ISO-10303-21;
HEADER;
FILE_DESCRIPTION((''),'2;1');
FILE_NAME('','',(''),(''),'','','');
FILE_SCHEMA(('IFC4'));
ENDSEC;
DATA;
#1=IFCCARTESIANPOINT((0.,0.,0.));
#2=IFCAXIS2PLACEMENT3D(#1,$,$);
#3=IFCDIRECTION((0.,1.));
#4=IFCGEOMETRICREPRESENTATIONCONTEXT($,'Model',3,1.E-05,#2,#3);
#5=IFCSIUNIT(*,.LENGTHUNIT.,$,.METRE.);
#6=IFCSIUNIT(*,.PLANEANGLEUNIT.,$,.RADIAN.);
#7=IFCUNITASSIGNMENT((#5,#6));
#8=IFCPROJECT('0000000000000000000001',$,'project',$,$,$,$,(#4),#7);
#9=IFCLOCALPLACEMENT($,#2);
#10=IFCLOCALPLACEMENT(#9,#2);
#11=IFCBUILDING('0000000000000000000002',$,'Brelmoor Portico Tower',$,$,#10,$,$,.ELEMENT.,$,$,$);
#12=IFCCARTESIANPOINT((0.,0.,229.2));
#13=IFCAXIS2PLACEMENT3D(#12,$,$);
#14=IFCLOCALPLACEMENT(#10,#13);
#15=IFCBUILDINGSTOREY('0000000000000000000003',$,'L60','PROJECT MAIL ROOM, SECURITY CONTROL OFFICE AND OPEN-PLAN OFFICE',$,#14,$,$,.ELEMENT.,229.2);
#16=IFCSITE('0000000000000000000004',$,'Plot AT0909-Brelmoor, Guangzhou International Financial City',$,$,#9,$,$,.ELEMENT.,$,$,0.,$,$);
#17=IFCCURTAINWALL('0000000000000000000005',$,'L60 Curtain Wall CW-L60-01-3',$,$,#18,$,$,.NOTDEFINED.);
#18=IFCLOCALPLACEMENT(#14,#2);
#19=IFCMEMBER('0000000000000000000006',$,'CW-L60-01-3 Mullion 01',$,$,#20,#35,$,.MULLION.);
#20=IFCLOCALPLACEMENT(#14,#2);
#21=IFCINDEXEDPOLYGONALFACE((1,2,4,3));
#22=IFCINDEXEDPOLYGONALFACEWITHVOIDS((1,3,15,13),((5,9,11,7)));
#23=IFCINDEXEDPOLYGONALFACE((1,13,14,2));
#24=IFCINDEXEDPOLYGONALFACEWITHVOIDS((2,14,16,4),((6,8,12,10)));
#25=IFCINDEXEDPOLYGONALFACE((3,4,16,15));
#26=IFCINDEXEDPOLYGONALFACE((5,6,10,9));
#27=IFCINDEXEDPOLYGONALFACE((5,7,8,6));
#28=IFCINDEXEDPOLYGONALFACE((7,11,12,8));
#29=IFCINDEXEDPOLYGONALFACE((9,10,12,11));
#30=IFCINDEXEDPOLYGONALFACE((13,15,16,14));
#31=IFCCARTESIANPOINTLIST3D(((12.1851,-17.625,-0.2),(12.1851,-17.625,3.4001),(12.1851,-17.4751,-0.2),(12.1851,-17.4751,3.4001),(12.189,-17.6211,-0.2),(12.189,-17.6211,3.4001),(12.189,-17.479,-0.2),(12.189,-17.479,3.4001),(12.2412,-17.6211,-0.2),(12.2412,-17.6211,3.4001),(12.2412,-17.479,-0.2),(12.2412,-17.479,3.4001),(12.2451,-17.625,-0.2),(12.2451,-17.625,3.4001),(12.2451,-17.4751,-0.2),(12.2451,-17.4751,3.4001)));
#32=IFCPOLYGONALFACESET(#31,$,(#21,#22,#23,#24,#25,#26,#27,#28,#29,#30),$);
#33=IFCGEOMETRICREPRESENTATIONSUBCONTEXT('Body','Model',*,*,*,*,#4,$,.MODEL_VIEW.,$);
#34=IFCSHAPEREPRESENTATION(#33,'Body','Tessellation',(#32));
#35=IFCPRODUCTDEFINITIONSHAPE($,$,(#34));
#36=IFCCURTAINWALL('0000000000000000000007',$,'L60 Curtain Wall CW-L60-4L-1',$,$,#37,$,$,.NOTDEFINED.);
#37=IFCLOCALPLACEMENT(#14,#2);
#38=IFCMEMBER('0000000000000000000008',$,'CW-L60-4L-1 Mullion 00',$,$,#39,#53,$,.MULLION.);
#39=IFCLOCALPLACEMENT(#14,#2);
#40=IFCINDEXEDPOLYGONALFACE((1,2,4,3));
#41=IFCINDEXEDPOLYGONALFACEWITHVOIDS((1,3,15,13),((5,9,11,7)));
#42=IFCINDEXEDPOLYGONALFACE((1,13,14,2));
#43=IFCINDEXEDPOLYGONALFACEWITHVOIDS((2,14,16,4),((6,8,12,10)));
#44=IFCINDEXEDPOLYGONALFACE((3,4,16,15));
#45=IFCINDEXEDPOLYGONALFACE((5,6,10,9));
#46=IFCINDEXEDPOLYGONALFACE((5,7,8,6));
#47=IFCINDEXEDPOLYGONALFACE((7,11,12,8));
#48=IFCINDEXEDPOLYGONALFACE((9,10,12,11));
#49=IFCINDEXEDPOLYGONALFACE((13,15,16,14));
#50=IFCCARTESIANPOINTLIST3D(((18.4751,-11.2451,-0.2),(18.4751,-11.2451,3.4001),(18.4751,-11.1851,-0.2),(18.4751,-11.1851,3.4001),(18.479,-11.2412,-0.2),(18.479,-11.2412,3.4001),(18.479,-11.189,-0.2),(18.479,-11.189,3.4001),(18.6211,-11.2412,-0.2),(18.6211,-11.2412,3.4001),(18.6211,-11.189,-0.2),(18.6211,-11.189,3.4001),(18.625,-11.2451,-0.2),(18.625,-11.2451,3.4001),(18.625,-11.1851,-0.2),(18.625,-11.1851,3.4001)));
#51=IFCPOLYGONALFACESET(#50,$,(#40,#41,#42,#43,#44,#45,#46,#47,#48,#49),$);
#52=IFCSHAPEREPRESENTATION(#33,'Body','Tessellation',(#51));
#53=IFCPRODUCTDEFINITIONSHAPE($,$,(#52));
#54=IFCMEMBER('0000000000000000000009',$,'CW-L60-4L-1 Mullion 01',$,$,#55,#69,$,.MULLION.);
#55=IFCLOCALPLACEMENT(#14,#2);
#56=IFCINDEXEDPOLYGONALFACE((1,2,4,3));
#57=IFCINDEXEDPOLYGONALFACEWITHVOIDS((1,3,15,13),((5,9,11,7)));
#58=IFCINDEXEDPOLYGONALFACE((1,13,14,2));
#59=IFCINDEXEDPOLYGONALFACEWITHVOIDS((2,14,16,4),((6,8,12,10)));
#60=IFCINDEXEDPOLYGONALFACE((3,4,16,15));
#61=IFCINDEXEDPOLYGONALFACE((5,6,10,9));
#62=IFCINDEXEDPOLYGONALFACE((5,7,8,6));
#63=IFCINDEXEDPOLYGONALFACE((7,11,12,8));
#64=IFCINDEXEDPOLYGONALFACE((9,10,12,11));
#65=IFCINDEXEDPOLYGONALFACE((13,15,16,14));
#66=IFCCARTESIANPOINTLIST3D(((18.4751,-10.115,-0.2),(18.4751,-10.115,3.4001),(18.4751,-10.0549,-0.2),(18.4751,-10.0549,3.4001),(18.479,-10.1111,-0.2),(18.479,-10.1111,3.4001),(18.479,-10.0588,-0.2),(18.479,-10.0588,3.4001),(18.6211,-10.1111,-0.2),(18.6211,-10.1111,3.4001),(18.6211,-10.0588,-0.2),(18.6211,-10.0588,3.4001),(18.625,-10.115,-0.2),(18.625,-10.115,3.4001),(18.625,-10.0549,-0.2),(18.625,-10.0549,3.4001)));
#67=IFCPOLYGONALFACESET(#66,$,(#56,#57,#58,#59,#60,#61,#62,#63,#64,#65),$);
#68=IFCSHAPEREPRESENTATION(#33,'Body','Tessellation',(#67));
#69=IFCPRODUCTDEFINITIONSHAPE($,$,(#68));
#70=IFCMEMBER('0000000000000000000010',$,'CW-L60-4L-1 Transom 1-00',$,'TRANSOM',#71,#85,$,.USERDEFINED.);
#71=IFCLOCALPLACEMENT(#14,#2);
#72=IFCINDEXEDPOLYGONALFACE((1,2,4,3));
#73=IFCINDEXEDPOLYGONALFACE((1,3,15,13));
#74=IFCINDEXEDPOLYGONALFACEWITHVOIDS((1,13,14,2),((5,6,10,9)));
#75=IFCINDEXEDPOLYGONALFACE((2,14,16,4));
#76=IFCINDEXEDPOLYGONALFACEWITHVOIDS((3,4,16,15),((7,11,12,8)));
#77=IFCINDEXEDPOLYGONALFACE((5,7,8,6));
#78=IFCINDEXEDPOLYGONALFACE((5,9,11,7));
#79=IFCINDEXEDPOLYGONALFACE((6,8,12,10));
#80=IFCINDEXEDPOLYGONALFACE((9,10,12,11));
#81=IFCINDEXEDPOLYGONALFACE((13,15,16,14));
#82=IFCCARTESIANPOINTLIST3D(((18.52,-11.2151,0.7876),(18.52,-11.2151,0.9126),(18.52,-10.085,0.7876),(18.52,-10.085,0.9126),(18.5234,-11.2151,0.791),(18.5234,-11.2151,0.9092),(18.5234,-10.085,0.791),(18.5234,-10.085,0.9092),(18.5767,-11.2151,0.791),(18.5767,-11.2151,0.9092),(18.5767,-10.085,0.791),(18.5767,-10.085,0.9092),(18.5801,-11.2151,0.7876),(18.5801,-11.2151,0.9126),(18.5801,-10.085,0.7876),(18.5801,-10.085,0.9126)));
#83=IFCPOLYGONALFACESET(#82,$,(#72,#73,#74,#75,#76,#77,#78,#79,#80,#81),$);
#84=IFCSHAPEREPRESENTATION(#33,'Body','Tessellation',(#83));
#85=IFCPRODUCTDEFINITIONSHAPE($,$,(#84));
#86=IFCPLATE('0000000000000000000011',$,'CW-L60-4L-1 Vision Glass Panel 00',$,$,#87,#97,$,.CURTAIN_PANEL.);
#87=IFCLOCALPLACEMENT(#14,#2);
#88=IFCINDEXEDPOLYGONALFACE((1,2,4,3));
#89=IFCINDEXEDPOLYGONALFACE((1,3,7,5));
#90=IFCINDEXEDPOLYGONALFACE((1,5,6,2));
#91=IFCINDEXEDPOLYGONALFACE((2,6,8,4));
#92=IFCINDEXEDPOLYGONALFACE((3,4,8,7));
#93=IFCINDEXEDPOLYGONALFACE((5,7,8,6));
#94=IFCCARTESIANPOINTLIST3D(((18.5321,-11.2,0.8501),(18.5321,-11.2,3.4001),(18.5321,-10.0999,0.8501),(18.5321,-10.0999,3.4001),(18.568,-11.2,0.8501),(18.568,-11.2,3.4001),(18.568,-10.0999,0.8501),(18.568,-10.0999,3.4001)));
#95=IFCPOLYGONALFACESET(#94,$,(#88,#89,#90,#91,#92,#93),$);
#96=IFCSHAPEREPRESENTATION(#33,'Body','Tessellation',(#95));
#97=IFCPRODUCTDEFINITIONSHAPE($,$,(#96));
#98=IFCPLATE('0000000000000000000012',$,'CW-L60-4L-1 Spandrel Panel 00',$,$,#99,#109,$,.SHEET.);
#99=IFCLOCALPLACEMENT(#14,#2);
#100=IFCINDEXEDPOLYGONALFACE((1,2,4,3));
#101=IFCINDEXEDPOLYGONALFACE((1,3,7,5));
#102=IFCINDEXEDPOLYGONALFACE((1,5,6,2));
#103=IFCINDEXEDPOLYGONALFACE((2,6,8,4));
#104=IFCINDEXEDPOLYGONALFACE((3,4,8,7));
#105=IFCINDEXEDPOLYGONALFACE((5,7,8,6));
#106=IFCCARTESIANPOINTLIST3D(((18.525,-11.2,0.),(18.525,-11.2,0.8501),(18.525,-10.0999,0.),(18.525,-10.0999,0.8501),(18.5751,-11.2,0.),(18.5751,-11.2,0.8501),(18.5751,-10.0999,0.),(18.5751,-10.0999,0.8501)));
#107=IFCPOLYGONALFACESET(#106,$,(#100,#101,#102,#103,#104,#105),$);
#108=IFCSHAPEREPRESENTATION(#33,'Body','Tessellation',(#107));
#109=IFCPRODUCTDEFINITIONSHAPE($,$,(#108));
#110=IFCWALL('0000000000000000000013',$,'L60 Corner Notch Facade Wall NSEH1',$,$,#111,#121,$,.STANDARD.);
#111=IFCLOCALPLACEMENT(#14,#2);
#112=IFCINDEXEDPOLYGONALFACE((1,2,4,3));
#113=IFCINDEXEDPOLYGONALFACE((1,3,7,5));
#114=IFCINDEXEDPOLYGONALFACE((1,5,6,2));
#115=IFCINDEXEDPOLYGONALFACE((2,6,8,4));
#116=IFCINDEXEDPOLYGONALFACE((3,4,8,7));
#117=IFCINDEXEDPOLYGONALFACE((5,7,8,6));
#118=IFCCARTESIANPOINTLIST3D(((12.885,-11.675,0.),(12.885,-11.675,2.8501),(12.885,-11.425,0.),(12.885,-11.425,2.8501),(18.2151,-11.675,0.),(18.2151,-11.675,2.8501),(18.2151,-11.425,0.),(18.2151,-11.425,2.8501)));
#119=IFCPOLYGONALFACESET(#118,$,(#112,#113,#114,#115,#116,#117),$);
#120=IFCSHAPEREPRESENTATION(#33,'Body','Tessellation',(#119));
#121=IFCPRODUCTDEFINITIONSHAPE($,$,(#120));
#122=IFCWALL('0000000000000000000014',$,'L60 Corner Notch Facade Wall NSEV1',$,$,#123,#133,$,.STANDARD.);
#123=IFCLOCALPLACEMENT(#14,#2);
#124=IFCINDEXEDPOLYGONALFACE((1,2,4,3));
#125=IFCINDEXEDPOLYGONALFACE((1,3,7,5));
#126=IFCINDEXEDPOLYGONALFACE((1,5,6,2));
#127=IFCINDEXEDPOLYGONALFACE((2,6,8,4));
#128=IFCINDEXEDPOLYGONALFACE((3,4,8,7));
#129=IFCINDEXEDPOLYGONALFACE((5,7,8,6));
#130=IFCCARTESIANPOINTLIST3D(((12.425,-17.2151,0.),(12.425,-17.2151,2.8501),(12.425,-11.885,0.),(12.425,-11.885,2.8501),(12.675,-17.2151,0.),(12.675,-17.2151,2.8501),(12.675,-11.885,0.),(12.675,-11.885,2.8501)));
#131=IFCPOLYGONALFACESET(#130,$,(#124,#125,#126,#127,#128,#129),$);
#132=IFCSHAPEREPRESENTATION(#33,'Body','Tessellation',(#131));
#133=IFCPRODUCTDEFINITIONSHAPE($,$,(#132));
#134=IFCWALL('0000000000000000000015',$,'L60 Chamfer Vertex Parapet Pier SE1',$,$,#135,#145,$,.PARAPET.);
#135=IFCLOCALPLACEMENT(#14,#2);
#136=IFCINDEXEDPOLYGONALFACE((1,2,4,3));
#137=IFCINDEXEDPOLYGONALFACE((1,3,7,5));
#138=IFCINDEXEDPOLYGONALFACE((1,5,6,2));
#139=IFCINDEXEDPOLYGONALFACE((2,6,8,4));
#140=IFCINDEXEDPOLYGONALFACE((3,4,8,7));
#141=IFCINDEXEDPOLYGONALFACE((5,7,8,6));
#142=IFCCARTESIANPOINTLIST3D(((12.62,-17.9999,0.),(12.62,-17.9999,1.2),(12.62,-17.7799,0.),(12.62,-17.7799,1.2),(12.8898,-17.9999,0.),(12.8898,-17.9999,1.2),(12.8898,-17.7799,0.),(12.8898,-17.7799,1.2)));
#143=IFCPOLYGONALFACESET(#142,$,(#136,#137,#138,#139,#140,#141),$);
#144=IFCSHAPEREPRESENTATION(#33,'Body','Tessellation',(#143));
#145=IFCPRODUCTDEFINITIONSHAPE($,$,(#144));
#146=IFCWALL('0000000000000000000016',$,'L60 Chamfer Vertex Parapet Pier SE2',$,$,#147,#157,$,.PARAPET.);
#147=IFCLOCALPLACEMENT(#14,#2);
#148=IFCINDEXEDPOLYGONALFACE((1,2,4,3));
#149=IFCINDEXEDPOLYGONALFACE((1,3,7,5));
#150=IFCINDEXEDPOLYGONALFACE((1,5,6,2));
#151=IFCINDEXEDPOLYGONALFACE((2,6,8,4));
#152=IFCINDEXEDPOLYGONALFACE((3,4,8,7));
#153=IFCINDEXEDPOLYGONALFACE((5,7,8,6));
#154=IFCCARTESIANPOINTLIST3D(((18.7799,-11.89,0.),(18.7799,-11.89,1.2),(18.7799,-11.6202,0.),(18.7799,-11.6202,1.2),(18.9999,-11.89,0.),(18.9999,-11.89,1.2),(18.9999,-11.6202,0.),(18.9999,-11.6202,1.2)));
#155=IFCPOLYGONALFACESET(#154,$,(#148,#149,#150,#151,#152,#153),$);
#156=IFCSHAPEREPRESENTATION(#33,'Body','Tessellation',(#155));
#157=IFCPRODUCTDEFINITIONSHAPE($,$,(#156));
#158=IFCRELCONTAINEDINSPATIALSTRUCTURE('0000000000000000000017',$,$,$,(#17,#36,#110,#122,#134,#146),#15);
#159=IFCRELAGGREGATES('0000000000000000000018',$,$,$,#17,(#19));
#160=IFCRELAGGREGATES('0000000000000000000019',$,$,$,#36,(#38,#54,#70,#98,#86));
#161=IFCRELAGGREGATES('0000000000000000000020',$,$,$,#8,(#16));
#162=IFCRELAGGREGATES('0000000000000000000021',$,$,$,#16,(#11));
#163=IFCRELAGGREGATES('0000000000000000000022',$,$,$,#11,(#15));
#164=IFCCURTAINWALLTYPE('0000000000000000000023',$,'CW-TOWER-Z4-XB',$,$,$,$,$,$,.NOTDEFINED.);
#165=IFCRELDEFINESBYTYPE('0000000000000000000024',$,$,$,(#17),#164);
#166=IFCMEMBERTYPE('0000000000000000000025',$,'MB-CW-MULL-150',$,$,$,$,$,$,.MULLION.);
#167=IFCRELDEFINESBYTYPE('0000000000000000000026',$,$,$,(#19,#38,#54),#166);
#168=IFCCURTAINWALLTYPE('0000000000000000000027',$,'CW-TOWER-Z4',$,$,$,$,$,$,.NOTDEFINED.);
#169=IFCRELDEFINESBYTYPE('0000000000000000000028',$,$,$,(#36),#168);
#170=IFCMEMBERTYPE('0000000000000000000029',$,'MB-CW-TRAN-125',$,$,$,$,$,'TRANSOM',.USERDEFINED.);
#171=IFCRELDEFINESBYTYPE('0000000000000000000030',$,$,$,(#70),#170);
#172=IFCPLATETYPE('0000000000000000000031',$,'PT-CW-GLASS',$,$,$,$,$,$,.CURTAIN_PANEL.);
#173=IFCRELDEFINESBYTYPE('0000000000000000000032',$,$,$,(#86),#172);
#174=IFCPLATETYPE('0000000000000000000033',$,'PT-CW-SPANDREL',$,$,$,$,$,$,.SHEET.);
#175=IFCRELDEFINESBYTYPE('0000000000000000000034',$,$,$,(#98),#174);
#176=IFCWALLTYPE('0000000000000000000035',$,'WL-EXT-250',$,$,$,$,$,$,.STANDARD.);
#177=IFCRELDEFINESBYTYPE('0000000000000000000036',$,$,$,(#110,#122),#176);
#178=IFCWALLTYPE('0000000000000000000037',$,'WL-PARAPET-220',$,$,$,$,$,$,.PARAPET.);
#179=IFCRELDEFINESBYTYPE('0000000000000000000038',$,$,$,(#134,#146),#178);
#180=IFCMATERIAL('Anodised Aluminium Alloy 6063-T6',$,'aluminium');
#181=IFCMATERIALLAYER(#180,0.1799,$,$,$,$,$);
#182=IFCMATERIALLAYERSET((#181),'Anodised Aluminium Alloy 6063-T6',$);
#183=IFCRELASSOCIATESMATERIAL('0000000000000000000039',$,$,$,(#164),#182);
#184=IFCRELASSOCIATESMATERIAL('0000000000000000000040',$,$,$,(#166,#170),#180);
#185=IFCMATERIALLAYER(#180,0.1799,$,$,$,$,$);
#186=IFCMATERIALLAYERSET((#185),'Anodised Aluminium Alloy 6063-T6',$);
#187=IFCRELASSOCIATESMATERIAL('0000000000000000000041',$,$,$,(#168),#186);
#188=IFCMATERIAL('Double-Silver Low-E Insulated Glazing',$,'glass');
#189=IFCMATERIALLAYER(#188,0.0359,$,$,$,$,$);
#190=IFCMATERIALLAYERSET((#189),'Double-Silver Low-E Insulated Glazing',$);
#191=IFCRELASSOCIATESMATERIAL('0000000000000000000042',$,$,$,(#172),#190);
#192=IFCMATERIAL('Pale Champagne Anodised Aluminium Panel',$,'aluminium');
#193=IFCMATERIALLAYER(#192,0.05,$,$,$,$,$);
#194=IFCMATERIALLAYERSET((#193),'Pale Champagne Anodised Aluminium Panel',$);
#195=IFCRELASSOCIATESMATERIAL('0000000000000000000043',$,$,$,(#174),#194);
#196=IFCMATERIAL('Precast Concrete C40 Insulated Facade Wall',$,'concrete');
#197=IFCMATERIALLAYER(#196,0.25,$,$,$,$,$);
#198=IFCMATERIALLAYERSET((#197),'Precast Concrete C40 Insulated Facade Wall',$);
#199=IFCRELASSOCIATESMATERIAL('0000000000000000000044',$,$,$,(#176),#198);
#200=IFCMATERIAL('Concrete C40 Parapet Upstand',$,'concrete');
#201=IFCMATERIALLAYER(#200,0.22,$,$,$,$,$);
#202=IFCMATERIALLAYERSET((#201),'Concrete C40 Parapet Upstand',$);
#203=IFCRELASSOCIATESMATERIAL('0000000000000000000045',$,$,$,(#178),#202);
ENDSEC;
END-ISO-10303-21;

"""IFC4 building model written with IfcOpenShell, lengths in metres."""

from ifc_helpers import new_model, si_unit, direction, frame, frame_2d, origin, origin_2d, place, context, subcontext, project, spatial, rectangle, hollow_rectangle, extrude, material, layer, layer_set, material_profile, profile_set, type_object, element, aggregate, save


model = new_model("IFC4")

# Units and contexts
model_context = context("Model", 3, precision=1e-05, world=origin(), true_north=direction((0.0, 1.0)))
body_context = subcontext(model_context, "Body", "Model", "MODEL_VIEW")
ifc_project = project(units=[si_unit("LENGTHUNIT", "METRE"), si_unit("PLANEANGLEUNIT", "RADIAN")], contexts=[model_context])

# Site, building, storey
site_placement = place(None, origin())
site = spatial("IfcSite", under=ifc_project, at=site_placement, Name="Plot AT0909-Brelmoor, Guangzhou International Financial City", CompositionType="ELEMENT", RefElevation=0.0)
building_placement = place(site_placement, origin())
building = spatial("IfcBuilding", under=site, at=building_placement, Name="Brelmoor Portico Tower", CompositionType="ELEMENT")
storey_placement = place(building_placement, frame((0.0, 0.0, 229.2)))
storey = spatial("IfcBuildingStorey", under=building, at=storey_placement, Name="L60", Description="PROJECT MAIL ROOM, SECURITY CONTROL OFFICE AND OPEN-PLAN OFFICE", CompositionType="ELEMENT", Elevation=229.2)

# Curtain wall, member
ifc_material_1 = material(Name="Anodised Aluminium Alloy 6063-T6", Category="aluminium")
ifc_layer_1 = layer(ifc_material_1, 0.1799)
ifc_layer_set_1 = layer_set([ifc_layer_1], Name="Anodised Aluminium Alloy 6063-T6")
curtain_wall_type_1 = type_object("IfcCurtainWallType", Name="CW-TOWER-Z4-XB", PredefinedType="NOTDEFINED", material=ifc_layer_set_1)
curtain_wall_1_placement = place(storey_placement, origin())
curtain_wall_1 = element("IfcCurtainWall", 1, at=curtain_wall_1_placement, inside=storey, type_object=curtain_wall_type_1, Name="L60 Curtain Wall CW-L60-01-3", PredefinedType="NOTDEFINED")
ifc_material_profile_1 = material_profile(ifc_material_1, hollow_rectangle(XDim=0.0601, YDim=0.1499, WallThickness=0.0039, at=origin_2d()), Name="ALU MULLION 60x150")
ifc_profile_set_1 = profile_set([ifc_material_profile_1], Name="Anodised Aluminium Alloy 6063-T6")
member_type_1 = type_object("IfcMemberType", Name="MB-CW-MULL-150", PredefinedType="MULLION", material=ifc_profile_set_1)
member_1_placement = place(storey_placement, frame((12.2151, -17.55, -0.2), z_axis=(0.0, 0.0, 1.0), x_axis=(1.0, 0.0, 0.0)))
member_1 = element("IfcMember", 2, at=member_1_placement, type_object=member_type_1, Name="CW-L60-01-3 Mullion 01", PredefinedType="MULLION", context=body_context, shape_type="SweptSolid", body=[
    extrude(hollow_rectangle(XDim=0.0601, YDim=0.1499, WallThickness=0.0039, at=origin_2d()), origin(), (0.0, 0.0, 1.0), 3.6001),
])
aggregate(curtain_wall_1, [member_1])

# Curtain wall, members, plates
ifc_layer_2 = layer(ifc_material_1, 0.1799)
ifc_layer_set_2 = layer_set([ifc_layer_2], Name="Anodised Aluminium Alloy 6063-T6")
curtain_wall_type_2 = type_object("IfcCurtainWallType", Name="CW-TOWER-Z4", PredefinedType="NOTDEFINED", material=ifc_layer_set_2)
curtain_wall_2_placement = place(storey_placement, origin())
curtain_wall_2 = element("IfcCurtainWall", 3, at=curtain_wall_2_placement, inside=storey, type_object=curtain_wall_type_2, Name="L60 Curtain Wall CW-L60-4L-1", PredefinedType="NOTDEFINED")
member_2_placement = place(storey_placement, frame((18.55, -11.2151, -0.2), z_axis=(0.0, 0.0, 1.0), x_axis=(0.0, 1.0, 0.0)))
member_2 = element("IfcMember", 4, at=member_2_placement, type_object=member_type_1, Name="CW-L60-4L-1 Mullion 00", PredefinedType="MULLION", context=body_context, shape_type="SweptSolid", body=[
    extrude(hollow_rectangle(XDim=0.0601, YDim=0.1499, WallThickness=0.0039, at=origin_2d()), origin(), (0.0, 0.0, 1.0), 3.6001),
])
member_3_placement = place(storey_placement, frame((18.55, -10.085, -0.2), z_axis=(0.0, 0.0, 1.0), x_axis=(0.0, 1.0, 0.0)))
member_3 = element("IfcMember", 5, at=member_3_placement, type_object=member_type_1, Name="CW-L60-4L-1 Mullion 01", PredefinedType="MULLION", context=body_context, shape_type="SweptSolid", body=[
    extrude(hollow_rectangle(XDim=0.0601, YDim=0.1499, WallThickness=0.0039, at=origin_2d()), origin(), (0.0, 0.0, 1.0), 3.6001),
])
ifc_material_profile_2 = material_profile(ifc_material_1, hollow_rectangle(XDim=0.0601, YDim=0.125, WallThickness=0.0034, at=origin_2d()), Name="ALU TRANSOM 60x125")
ifc_profile_set_2 = profile_set([ifc_material_profile_2], Name="Anodised Aluminium Alloy 6063-T6")
member_type_2 = type_object("IfcMemberType", Name="MB-CW-TRAN-125", ElementType="TRANSOM", PredefinedType="USERDEFINED", material=ifc_profile_set_2)
member_4_placement = place(storey_placement, frame((18.55, -11.2151, 0.8501), z_axis=(0.0, 1.0, 0.0), x_axis=(-1.0, 0.0, 0.0)))
member_4 = element("IfcMember", 6, at=member_4_placement, type_object=member_type_2, Name="CW-L60-4L-1 Transom 1-00", ObjectType="TRANSOM", PredefinedType="USERDEFINED", context=body_context, shape_type="SweptSolid", body=[
    extrude(hollow_rectangle(XDim=0.0601, YDim=0.125, WallThickness=0.0034, at=origin_2d()), origin(), (0.0, 0.0, 1.0), 1.1301),
])
ifc_material_2 = material(Name="Double-Silver Low-E Insulated Glazing", Category="glass")
ifc_layer_3 = layer(ifc_material_2, 0.0359)
ifc_layer_set_3 = layer_set([ifc_layer_3], Name="Double-Silver Low-E Insulated Glazing")
plate_type_1 = type_object("IfcPlateType", Name="PT-CW-GLASS", PredefinedType="CURTAIN_PANEL", material=ifc_layer_set_3)
plate_1_placement = place(storey_placement, frame((18.55, -10.6499, 0.8501), z_axis=(0.0, 0.0, 1.0), x_axis=(0.0, 1.0, 0.0)))
plate_1 = element("IfcPlate", 7, at=plate_1_placement, type_object=plate_type_1, Name="CW-L60-4L-1 Vision Glass Panel 00", PredefinedType="CURTAIN_PANEL", context=body_context, shape_type="SweptSolid", body=[
    extrude(rectangle(XDim=1.1001, YDim=0.0359, at=origin_2d()), origin(), (0.0, 0.0, 1.0), 2.55),
])
ifc_material_3 = material(Name="Pale Champagne Anodised Aluminium Panel", Category="aluminium")
ifc_layer_4 = layer(ifc_material_3, 0.05)
ifc_layer_set_4 = layer_set([ifc_layer_4], Name="Pale Champagne Anodised Aluminium Panel")
plate_type_2 = type_object("IfcPlateType", Name="PT-CW-SPANDREL", PredefinedType="SHEET", material=ifc_layer_set_4)
plate_2_placement = place(storey_placement, frame((18.55, -10.6499, 0.0), z_axis=(0.0, 0.0, 1.0), x_axis=(0.0, 1.0, 0.0)))
plate_2 = element("IfcPlate", 8, at=plate_2_placement, type_object=plate_type_2, Name="CW-L60-4L-1 Spandrel Panel 00", PredefinedType="SHEET", context=body_context, shape_type="SweptSolid", body=[
    extrude(rectangle(XDim=1.1001, YDim=0.05, at=origin_2d()), origin(), (0.0, 0.0, 1.0), 0.8501),
])
aggregate(curtain_wall_2, [member_2, member_3, member_4, plate_2, plate_1])

# Walls
ifc_material_4 = material(Name="Precast Concrete C40 Insulated Facade Wall", Category="concrete")
ifc_layer_5 = layer(ifc_material_4, 0.25)
ifc_layer_set_5 = layer_set([ifc_layer_5], Name="Precast Concrete C40 Insulated Facade Wall")
wall_type_1 = type_object("IfcWallType", Name="WL-EXT-250", PredefinedType="STANDARD", material=ifc_layer_set_5)
for number, where, z_axis, x_axis, name in (
    (9, (12.885, -11.55, 0.0), (0.0, 0.0, 1.0), (1.0, 0.0, 0.0), "L60 Corner Notch Facade Wall NSEH1"),
    (10, (12.55, -17.2151, 0.0), (0.0, 0.0, 1.0), (0.0, 1.0, 0.0), "L60 Corner Notch Facade Wall NSEV1"),
):
    element("IfcWall", number, at=place(storey_placement, frame(where, z_axis=z_axis, x_axis=x_axis)), inside=storey, type_object=wall_type_1, Name=name, PredefinedType="STANDARD", context=body_context, shape_type="SweptSolid", body=[
        extrude(rectangle(XDim=5.3301, YDim=0.25, at=frame_2d((2.665, 0.0))), origin(), (0.0, 0.0, 1.0), 2.8501),
    ])
ifc_material_5 = material(Name="Concrete C40 Parapet Upstand", Category="concrete")
ifc_layer_6 = layer(ifc_material_5, 0.22)
ifc_layer_set_6 = layer_set([ifc_layer_6], Name="Concrete C40 Parapet Upstand")
wall_type_2 = type_object("IfcWallType", Name="WL-PARAPET-220", PredefinedType="PARAPET", material=ifc_layer_set_6)
for number, where, z_axis, x_axis, name in (
    (11, (12.6201, -17.8899, 0.0), (0.0, 0.0, 1.0), (1.0, 0.0, 0.0), "L60 Chamfer Vertex Parapet Pier SE1"),
    (12, (18.8899, -11.8899, 0.0), (0.0, 0.0, 1.0), (0.0, 1.0, 0.0), "L60 Chamfer Vertex Parapet Pier SE2"),
):
    element("IfcWall", number, at=place(storey_placement, frame(where, z_axis=z_axis, x_axis=x_axis)), inside=storey, type_object=wall_type_2, Name=name, PredefinedType="PARAPET", context=body_context, shape_type="SweptSolid", body=[
        extrude(rectangle(XDim=0.2698, YDim=0.22, at=frame_2d((0.1348, 0.0))), origin(), (0.0, 0.0, 1.0), 1.2),
    ])

save(model, "model.ifc")
